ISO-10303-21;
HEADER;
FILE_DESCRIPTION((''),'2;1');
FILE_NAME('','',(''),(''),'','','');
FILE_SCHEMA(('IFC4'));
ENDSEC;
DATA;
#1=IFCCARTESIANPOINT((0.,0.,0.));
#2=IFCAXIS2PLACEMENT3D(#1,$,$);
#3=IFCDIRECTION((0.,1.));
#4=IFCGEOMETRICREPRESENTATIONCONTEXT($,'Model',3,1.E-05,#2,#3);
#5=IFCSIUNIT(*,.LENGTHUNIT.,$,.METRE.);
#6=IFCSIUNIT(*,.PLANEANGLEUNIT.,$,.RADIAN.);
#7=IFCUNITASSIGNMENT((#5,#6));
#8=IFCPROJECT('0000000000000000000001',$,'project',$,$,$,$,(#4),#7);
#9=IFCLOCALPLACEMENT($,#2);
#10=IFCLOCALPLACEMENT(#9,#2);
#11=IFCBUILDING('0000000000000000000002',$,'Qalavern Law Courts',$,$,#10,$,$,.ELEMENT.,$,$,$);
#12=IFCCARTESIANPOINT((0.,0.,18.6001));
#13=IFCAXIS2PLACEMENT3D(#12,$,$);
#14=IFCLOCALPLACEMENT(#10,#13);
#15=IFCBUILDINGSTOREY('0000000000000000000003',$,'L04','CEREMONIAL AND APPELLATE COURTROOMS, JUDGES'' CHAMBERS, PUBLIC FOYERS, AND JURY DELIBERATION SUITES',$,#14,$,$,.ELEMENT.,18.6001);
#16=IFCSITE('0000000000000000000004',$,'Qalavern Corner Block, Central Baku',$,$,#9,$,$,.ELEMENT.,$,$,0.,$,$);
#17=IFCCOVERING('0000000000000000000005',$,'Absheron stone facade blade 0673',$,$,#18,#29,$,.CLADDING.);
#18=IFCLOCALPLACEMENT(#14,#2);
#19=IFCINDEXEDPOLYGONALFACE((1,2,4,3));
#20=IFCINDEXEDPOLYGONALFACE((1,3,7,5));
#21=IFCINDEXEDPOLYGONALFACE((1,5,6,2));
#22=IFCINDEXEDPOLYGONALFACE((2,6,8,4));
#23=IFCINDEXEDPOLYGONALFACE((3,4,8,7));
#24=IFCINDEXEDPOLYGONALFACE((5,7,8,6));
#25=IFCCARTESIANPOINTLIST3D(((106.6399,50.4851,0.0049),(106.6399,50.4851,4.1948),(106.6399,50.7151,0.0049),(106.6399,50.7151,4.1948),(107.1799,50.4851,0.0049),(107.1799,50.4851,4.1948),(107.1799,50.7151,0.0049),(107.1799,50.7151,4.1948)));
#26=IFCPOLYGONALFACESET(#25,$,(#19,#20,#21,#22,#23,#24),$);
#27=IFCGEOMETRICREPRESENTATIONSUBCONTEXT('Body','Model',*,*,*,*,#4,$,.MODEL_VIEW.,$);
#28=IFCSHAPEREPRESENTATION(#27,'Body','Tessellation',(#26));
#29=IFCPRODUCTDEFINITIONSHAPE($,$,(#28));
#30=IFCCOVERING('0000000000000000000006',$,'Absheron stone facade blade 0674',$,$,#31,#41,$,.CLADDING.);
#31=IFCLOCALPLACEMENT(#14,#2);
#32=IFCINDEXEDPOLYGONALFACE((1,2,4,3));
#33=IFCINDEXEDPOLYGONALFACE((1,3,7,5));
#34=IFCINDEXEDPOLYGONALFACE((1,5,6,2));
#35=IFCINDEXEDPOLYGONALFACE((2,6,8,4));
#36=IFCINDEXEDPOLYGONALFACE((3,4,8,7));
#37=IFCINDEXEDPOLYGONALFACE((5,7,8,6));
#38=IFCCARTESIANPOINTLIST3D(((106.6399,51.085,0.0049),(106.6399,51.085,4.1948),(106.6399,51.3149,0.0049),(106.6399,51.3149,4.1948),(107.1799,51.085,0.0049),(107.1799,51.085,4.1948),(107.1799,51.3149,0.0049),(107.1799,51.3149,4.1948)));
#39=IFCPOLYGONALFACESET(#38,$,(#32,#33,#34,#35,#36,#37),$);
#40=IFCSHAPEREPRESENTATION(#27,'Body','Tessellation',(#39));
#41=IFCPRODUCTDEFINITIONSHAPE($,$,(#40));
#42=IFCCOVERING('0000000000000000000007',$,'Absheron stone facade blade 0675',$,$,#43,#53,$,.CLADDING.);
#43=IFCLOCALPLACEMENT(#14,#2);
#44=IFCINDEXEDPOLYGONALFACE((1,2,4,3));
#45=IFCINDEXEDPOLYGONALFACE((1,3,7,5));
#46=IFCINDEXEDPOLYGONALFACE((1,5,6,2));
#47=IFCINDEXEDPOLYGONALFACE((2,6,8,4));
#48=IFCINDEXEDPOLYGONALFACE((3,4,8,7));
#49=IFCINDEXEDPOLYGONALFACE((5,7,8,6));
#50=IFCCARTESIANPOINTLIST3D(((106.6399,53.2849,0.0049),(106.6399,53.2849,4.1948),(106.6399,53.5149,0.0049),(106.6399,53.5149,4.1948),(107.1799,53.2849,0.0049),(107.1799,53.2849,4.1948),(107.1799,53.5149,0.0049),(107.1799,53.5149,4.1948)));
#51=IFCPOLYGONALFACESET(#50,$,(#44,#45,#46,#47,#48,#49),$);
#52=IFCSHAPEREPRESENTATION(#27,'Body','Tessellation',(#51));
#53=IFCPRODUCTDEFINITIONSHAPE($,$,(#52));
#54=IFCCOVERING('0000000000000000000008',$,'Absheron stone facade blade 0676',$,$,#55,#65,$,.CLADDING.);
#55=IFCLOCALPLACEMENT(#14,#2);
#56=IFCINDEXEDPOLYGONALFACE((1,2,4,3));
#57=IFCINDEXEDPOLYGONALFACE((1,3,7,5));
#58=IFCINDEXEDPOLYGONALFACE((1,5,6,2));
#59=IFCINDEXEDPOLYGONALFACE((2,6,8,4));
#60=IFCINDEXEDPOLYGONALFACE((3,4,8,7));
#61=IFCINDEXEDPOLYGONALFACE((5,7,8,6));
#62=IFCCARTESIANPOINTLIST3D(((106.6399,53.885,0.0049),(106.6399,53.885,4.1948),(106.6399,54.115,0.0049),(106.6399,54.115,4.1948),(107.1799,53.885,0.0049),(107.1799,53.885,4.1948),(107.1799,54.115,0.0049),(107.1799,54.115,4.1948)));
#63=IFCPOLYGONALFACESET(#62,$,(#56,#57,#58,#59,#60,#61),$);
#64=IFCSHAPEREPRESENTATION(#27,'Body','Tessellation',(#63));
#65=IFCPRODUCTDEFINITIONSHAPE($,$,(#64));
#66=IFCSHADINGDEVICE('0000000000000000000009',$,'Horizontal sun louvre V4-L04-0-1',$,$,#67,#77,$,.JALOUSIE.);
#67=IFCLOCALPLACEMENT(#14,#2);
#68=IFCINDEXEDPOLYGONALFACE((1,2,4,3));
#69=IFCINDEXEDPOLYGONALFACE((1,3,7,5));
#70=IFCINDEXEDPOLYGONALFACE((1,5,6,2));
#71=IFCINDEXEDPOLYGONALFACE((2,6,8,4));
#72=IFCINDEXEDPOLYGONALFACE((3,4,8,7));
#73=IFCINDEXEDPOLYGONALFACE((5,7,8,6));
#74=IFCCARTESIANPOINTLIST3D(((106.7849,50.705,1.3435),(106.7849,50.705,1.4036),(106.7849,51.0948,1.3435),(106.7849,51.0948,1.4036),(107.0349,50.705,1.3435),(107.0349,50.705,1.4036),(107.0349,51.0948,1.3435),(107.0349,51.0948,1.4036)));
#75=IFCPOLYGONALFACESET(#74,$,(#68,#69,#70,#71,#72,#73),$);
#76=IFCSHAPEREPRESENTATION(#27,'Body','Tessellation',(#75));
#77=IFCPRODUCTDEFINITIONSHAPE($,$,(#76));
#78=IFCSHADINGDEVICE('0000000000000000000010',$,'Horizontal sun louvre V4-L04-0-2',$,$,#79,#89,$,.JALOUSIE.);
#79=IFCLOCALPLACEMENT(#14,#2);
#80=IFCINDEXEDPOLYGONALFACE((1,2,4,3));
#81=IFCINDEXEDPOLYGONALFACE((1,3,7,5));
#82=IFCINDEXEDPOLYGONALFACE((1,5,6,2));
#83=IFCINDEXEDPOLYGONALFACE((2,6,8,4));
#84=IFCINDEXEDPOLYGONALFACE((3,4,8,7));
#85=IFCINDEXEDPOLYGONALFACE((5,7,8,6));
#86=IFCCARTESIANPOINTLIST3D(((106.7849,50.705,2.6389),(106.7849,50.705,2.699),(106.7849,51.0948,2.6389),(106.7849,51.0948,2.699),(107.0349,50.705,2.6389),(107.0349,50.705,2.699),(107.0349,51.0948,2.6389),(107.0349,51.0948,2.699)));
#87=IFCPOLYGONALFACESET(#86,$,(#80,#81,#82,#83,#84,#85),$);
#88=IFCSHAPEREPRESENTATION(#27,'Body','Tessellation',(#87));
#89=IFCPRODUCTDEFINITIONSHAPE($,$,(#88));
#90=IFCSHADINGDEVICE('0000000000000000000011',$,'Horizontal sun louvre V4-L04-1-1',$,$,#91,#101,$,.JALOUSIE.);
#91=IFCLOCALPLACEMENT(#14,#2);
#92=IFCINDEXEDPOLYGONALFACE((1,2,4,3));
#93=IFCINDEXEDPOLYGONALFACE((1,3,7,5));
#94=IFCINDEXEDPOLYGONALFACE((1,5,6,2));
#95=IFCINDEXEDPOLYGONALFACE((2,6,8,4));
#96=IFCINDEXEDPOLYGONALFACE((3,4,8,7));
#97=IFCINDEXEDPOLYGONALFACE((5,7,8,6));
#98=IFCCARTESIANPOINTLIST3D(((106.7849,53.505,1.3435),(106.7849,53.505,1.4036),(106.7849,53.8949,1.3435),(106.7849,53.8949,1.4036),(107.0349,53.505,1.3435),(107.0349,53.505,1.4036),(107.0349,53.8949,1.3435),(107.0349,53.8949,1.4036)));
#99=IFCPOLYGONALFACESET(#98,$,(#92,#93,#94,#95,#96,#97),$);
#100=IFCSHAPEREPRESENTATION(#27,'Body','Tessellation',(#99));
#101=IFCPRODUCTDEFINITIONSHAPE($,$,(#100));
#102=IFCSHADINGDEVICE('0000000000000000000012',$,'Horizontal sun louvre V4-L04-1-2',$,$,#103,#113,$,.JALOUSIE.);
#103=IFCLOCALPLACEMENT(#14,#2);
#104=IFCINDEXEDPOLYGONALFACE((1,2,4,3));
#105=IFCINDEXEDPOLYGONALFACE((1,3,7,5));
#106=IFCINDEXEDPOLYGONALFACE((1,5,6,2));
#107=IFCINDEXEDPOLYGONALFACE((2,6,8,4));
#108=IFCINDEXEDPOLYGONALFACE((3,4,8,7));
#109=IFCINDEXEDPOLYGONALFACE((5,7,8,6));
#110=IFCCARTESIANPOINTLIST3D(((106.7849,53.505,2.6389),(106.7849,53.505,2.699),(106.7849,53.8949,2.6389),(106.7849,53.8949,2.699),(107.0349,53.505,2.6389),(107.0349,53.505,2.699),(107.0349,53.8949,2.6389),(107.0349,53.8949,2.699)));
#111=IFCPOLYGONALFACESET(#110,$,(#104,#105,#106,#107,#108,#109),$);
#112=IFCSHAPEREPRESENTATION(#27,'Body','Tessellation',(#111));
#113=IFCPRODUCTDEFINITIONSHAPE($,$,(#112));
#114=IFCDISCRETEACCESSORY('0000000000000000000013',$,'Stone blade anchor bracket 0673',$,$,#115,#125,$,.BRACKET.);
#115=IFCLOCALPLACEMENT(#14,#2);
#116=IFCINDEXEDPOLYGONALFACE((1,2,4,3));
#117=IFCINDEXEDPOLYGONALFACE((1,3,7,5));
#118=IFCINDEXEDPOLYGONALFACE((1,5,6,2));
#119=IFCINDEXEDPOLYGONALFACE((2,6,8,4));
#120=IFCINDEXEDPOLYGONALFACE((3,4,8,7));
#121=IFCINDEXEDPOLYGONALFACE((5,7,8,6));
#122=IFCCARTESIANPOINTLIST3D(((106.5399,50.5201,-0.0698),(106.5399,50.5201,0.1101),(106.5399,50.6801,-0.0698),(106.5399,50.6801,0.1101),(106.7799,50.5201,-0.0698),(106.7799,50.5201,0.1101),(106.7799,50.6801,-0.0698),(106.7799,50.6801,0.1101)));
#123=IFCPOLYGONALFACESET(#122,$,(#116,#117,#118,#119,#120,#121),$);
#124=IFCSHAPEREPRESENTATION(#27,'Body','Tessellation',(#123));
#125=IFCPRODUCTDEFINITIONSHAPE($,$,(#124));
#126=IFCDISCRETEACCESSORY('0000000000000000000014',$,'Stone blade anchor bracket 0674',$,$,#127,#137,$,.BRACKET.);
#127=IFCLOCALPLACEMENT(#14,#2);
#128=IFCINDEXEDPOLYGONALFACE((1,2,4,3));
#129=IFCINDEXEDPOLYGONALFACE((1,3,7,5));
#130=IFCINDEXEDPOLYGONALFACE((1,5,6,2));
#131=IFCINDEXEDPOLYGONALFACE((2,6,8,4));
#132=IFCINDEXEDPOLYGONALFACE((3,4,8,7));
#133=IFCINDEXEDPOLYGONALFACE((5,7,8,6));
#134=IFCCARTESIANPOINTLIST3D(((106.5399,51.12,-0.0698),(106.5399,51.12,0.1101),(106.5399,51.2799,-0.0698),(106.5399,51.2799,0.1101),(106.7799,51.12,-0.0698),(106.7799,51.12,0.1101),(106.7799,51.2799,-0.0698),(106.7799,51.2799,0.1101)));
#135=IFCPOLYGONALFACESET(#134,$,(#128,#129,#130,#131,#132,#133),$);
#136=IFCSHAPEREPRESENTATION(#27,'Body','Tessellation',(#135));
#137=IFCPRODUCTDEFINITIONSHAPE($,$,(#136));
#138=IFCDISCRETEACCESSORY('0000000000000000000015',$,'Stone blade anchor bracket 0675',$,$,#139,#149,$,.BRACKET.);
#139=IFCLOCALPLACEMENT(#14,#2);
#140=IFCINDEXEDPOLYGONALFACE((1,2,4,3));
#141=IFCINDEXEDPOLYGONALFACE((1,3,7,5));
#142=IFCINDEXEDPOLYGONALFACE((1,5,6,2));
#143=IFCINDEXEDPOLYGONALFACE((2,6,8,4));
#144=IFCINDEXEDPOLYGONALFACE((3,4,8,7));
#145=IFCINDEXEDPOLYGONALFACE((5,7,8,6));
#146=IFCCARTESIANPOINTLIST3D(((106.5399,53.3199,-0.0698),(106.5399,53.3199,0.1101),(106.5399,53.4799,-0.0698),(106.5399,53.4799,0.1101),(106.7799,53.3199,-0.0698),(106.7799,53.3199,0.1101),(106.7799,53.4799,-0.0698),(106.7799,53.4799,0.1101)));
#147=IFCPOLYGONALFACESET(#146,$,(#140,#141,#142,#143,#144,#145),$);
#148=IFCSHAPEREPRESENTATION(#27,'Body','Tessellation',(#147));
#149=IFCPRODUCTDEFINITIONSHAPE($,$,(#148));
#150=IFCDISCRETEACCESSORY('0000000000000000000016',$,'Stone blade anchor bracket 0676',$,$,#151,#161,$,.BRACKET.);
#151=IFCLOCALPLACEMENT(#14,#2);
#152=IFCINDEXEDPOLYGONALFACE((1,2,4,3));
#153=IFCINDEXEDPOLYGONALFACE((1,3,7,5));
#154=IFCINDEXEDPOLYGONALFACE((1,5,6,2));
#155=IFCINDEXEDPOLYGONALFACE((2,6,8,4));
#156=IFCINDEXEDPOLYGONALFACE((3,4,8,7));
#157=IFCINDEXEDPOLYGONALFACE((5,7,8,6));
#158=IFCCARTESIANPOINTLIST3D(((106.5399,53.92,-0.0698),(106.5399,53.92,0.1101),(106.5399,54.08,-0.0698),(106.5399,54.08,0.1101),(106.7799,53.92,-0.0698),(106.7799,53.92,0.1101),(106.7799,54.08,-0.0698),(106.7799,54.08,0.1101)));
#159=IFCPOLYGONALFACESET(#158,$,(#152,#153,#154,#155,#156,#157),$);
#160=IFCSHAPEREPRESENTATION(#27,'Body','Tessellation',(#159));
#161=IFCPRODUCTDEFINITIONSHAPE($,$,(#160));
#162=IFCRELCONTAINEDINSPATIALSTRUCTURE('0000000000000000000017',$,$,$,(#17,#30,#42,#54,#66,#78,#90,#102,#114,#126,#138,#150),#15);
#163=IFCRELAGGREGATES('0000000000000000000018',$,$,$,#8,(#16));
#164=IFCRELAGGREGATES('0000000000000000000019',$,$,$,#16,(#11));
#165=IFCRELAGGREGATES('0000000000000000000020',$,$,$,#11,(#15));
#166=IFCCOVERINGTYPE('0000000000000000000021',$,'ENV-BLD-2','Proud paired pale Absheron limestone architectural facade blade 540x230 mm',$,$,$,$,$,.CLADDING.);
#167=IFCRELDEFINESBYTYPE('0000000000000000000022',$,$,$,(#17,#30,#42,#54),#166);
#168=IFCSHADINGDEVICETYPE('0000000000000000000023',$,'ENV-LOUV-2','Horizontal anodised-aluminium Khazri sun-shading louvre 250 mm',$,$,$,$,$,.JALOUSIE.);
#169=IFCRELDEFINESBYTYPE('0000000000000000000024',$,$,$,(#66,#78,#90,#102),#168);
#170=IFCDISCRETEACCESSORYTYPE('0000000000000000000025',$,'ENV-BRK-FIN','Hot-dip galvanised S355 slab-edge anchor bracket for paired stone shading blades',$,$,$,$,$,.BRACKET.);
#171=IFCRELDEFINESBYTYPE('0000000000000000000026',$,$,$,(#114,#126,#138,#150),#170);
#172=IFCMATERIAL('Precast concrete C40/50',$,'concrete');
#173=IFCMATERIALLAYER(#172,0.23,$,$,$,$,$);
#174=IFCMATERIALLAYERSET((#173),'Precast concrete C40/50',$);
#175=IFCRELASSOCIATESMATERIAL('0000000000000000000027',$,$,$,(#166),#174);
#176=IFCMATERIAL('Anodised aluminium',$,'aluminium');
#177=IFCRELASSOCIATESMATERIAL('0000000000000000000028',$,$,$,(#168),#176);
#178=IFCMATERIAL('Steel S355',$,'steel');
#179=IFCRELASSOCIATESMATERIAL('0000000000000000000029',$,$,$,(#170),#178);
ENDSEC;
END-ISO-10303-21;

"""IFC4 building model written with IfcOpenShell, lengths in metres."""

from ifc_helpers import new_model, si_unit, direction, frame, origin, origin_2d, place, context, subcontext, project, spatial, rectangle, extrude, material, layer, layer_set, type_object, element, save


model = new_model("IFC4")

# Units and contexts
model_context = context("Model", 3, precision=1e-05, world=origin(), true_north=direction((0.0, 1.0)))
body_context = subcontext(model_context, "Body", "Model", "MODEL_VIEW")
ifc_project = project(units=[si_unit("LENGTHUNIT", "METRE"), si_unit("PLANEANGLEUNIT", "RADIAN")], contexts=[model_context])

# Site, building, storey
site_placement = place(None, origin())
site = spatial("IfcSite", under=ifc_project, at=site_placement, Name="Qalavern Corner Block, Central Baku", CompositionType="ELEMENT", RefElevation=0.0)
building_placement = place(site_placement, origin())
building = spatial("IfcBuilding", under=site, at=building_placement, Name="Qalavern Law Courts", CompositionType="ELEMENT")
storey_placement = place(building_placement, frame((0.0, 0.0, 18.6001)))
storey = spatial("IfcBuildingStorey", under=building, at=storey_placement, Name="L04", Description="CEREMONIAL AND APPELLATE COURTROOMS, JUDGES' CHAMBERS, PUBLIC FOYERS, AND JURY DELIBERATION SUITES", CompositionType="ELEMENT", Elevation=18.6001)

# Shared definitions
ifc_material_1 = material(Name="Anodised aluminium", Category="aluminium")

# Coverings
ifc_material_2 = material(Name="Precast concrete C40/50", Category="concrete")
ifc_layer_1 = layer(ifc_material_2, 0.23)
ifc_layer_set_1 = layer_set([ifc_layer_1], Name="Precast concrete C40/50")
covering_type = type_object("IfcCoveringType", Name="ENV-BLD-2", Description="Proud paired pale Absheron limestone architectural facade blade 540x230 mm", PredefinedType="CLADDING", material=ifc_layer_set_1)
for number, where, z_axis, x_axis, name in (
    (1, (106.9099, 50.6001, 0.0049), (0.0, 0.0, 1.0), (1.0, 0.0, 0.0), "Absheron stone facade blade 0673"),
    (2, (106.9099, 51.2, 0.0049), (0.0, 0.0, 1.0), (1.0, 0.0, 0.0), "Absheron stone facade blade 0674"),
    (3, (106.9099, 53.3999, 0.0049), (0.0, 0.0, 1.0), (1.0, 0.0, 0.0), "Absheron stone facade blade 0675"),
    (4, (106.9099, 54.0, 0.0049), (0.0, 0.0, 1.0), (1.0, 0.0, 0.0), "Absheron stone facade blade 0676"),
):
    element("IfcCovering", number, at=place(storey_placement, frame(where, z_axis=z_axis, x_axis=x_axis)), inside=storey, type_object=covering_type, Name=name, PredefinedType="CLADDING", context=body_context, shape_type="SweptSolid", body=[
        extrude(rectangle(XDim=0.54, YDim=0.23, at=origin_2d()), origin(), (0.0, 0.0, 1.0), 4.1899),
    ])

# Shading devices
shading_device_type = type_object("IfcShadingDeviceType", Name="ENV-LOUV-2", Description="Horizontal anodised-aluminium Khazri sun-shading louvre 250 mm", PredefinedType="JALOUSIE", material=ifc_material_1)
for number, where, z_axis, x_axis, name in (
    (5, (106.9099, 50.8999, 1.3435), (0.0, 0.0, 1.0), (0.0, 1.0, 0.0), "Horizontal sun louvre V4-L04-0-1"),
    (6, (106.9099, 50.8999, 2.6389), (0.0, 0.0, 1.0), (0.0, 1.0, 0.0), "Horizontal sun louvre V4-L04-0-2"),
    (7, (106.9099, 53.7, 1.3435), (0.0, 0.0, 1.0), (0.0, 1.0, 0.0), "Horizontal sun louvre V4-L04-1-1"),
    (8, (106.9099, 53.7, 2.6389), (0.0, 0.0, 1.0), (0.0, 1.0, 0.0), "Horizontal sun louvre V4-L04-1-2"),
):
    element("IfcShadingDevice", number, at=place(storey_placement, frame(where, z_axis=z_axis, x_axis=x_axis)), inside=storey, type_object=shading_device_type, Name=name, PredefinedType="JALOUSIE", context=body_context, shape_type="SweptSolid", body=[
        extrude(rectangle(XDim=0.3899, YDim=0.25, at=origin_2d()), origin(), (0.0, 0.0, 1.0), 0.0601),
    ])

# Discrete accessories
ifc_material_3 = material(Name="Steel S355", Category="steel")
discrete_accessory_type = type_object("IfcDiscreteAccessoryType", Name="ENV-BRK-FIN", Description="Hot-dip galvanised S355 slab-edge anchor bracket for paired stone shading blades", PredefinedType="BRACKET", material=ifc_material_3)
for number, where, z_axis, x_axis, name in (
    (9, (106.6599, 50.6001, -0.0698), (0.0, 0.0, 1.0), (1.0, 0.0, 0.0), "Stone blade anchor bracket 0673"),
    (10, (106.6599, 51.2, -0.0698), (0.0, 0.0, 1.0), (1.0, 0.0, 0.0), "Stone blade anchor bracket 0674"),
    (11, (106.6599, 53.3999, -0.0698), (0.0, 0.0, 1.0), (1.0, 0.0, 0.0), "Stone blade anchor bracket 0675"),
    (12, (106.6599, 54.0, -0.0698), (0.0, 0.0, 1.0), (1.0, 0.0, 0.0), "Stone blade anchor bracket 0676"),
):
    element("IfcDiscreteAccessory", number, at=place(storey_placement, frame(where, z_axis=z_axis, x_axis=x_axis)), inside=storey, type_object=discrete_accessory_type, Name=name, PredefinedType="BRACKET", context=body_context, shape_type="SweptSolid", body=[
        extrude(rectangle(XDim=0.24, YDim=0.1599, at=origin_2d()), origin(), (0.0, 0.0, 1.0), 0.1799),
    ])

save(model, "model.ifc")
